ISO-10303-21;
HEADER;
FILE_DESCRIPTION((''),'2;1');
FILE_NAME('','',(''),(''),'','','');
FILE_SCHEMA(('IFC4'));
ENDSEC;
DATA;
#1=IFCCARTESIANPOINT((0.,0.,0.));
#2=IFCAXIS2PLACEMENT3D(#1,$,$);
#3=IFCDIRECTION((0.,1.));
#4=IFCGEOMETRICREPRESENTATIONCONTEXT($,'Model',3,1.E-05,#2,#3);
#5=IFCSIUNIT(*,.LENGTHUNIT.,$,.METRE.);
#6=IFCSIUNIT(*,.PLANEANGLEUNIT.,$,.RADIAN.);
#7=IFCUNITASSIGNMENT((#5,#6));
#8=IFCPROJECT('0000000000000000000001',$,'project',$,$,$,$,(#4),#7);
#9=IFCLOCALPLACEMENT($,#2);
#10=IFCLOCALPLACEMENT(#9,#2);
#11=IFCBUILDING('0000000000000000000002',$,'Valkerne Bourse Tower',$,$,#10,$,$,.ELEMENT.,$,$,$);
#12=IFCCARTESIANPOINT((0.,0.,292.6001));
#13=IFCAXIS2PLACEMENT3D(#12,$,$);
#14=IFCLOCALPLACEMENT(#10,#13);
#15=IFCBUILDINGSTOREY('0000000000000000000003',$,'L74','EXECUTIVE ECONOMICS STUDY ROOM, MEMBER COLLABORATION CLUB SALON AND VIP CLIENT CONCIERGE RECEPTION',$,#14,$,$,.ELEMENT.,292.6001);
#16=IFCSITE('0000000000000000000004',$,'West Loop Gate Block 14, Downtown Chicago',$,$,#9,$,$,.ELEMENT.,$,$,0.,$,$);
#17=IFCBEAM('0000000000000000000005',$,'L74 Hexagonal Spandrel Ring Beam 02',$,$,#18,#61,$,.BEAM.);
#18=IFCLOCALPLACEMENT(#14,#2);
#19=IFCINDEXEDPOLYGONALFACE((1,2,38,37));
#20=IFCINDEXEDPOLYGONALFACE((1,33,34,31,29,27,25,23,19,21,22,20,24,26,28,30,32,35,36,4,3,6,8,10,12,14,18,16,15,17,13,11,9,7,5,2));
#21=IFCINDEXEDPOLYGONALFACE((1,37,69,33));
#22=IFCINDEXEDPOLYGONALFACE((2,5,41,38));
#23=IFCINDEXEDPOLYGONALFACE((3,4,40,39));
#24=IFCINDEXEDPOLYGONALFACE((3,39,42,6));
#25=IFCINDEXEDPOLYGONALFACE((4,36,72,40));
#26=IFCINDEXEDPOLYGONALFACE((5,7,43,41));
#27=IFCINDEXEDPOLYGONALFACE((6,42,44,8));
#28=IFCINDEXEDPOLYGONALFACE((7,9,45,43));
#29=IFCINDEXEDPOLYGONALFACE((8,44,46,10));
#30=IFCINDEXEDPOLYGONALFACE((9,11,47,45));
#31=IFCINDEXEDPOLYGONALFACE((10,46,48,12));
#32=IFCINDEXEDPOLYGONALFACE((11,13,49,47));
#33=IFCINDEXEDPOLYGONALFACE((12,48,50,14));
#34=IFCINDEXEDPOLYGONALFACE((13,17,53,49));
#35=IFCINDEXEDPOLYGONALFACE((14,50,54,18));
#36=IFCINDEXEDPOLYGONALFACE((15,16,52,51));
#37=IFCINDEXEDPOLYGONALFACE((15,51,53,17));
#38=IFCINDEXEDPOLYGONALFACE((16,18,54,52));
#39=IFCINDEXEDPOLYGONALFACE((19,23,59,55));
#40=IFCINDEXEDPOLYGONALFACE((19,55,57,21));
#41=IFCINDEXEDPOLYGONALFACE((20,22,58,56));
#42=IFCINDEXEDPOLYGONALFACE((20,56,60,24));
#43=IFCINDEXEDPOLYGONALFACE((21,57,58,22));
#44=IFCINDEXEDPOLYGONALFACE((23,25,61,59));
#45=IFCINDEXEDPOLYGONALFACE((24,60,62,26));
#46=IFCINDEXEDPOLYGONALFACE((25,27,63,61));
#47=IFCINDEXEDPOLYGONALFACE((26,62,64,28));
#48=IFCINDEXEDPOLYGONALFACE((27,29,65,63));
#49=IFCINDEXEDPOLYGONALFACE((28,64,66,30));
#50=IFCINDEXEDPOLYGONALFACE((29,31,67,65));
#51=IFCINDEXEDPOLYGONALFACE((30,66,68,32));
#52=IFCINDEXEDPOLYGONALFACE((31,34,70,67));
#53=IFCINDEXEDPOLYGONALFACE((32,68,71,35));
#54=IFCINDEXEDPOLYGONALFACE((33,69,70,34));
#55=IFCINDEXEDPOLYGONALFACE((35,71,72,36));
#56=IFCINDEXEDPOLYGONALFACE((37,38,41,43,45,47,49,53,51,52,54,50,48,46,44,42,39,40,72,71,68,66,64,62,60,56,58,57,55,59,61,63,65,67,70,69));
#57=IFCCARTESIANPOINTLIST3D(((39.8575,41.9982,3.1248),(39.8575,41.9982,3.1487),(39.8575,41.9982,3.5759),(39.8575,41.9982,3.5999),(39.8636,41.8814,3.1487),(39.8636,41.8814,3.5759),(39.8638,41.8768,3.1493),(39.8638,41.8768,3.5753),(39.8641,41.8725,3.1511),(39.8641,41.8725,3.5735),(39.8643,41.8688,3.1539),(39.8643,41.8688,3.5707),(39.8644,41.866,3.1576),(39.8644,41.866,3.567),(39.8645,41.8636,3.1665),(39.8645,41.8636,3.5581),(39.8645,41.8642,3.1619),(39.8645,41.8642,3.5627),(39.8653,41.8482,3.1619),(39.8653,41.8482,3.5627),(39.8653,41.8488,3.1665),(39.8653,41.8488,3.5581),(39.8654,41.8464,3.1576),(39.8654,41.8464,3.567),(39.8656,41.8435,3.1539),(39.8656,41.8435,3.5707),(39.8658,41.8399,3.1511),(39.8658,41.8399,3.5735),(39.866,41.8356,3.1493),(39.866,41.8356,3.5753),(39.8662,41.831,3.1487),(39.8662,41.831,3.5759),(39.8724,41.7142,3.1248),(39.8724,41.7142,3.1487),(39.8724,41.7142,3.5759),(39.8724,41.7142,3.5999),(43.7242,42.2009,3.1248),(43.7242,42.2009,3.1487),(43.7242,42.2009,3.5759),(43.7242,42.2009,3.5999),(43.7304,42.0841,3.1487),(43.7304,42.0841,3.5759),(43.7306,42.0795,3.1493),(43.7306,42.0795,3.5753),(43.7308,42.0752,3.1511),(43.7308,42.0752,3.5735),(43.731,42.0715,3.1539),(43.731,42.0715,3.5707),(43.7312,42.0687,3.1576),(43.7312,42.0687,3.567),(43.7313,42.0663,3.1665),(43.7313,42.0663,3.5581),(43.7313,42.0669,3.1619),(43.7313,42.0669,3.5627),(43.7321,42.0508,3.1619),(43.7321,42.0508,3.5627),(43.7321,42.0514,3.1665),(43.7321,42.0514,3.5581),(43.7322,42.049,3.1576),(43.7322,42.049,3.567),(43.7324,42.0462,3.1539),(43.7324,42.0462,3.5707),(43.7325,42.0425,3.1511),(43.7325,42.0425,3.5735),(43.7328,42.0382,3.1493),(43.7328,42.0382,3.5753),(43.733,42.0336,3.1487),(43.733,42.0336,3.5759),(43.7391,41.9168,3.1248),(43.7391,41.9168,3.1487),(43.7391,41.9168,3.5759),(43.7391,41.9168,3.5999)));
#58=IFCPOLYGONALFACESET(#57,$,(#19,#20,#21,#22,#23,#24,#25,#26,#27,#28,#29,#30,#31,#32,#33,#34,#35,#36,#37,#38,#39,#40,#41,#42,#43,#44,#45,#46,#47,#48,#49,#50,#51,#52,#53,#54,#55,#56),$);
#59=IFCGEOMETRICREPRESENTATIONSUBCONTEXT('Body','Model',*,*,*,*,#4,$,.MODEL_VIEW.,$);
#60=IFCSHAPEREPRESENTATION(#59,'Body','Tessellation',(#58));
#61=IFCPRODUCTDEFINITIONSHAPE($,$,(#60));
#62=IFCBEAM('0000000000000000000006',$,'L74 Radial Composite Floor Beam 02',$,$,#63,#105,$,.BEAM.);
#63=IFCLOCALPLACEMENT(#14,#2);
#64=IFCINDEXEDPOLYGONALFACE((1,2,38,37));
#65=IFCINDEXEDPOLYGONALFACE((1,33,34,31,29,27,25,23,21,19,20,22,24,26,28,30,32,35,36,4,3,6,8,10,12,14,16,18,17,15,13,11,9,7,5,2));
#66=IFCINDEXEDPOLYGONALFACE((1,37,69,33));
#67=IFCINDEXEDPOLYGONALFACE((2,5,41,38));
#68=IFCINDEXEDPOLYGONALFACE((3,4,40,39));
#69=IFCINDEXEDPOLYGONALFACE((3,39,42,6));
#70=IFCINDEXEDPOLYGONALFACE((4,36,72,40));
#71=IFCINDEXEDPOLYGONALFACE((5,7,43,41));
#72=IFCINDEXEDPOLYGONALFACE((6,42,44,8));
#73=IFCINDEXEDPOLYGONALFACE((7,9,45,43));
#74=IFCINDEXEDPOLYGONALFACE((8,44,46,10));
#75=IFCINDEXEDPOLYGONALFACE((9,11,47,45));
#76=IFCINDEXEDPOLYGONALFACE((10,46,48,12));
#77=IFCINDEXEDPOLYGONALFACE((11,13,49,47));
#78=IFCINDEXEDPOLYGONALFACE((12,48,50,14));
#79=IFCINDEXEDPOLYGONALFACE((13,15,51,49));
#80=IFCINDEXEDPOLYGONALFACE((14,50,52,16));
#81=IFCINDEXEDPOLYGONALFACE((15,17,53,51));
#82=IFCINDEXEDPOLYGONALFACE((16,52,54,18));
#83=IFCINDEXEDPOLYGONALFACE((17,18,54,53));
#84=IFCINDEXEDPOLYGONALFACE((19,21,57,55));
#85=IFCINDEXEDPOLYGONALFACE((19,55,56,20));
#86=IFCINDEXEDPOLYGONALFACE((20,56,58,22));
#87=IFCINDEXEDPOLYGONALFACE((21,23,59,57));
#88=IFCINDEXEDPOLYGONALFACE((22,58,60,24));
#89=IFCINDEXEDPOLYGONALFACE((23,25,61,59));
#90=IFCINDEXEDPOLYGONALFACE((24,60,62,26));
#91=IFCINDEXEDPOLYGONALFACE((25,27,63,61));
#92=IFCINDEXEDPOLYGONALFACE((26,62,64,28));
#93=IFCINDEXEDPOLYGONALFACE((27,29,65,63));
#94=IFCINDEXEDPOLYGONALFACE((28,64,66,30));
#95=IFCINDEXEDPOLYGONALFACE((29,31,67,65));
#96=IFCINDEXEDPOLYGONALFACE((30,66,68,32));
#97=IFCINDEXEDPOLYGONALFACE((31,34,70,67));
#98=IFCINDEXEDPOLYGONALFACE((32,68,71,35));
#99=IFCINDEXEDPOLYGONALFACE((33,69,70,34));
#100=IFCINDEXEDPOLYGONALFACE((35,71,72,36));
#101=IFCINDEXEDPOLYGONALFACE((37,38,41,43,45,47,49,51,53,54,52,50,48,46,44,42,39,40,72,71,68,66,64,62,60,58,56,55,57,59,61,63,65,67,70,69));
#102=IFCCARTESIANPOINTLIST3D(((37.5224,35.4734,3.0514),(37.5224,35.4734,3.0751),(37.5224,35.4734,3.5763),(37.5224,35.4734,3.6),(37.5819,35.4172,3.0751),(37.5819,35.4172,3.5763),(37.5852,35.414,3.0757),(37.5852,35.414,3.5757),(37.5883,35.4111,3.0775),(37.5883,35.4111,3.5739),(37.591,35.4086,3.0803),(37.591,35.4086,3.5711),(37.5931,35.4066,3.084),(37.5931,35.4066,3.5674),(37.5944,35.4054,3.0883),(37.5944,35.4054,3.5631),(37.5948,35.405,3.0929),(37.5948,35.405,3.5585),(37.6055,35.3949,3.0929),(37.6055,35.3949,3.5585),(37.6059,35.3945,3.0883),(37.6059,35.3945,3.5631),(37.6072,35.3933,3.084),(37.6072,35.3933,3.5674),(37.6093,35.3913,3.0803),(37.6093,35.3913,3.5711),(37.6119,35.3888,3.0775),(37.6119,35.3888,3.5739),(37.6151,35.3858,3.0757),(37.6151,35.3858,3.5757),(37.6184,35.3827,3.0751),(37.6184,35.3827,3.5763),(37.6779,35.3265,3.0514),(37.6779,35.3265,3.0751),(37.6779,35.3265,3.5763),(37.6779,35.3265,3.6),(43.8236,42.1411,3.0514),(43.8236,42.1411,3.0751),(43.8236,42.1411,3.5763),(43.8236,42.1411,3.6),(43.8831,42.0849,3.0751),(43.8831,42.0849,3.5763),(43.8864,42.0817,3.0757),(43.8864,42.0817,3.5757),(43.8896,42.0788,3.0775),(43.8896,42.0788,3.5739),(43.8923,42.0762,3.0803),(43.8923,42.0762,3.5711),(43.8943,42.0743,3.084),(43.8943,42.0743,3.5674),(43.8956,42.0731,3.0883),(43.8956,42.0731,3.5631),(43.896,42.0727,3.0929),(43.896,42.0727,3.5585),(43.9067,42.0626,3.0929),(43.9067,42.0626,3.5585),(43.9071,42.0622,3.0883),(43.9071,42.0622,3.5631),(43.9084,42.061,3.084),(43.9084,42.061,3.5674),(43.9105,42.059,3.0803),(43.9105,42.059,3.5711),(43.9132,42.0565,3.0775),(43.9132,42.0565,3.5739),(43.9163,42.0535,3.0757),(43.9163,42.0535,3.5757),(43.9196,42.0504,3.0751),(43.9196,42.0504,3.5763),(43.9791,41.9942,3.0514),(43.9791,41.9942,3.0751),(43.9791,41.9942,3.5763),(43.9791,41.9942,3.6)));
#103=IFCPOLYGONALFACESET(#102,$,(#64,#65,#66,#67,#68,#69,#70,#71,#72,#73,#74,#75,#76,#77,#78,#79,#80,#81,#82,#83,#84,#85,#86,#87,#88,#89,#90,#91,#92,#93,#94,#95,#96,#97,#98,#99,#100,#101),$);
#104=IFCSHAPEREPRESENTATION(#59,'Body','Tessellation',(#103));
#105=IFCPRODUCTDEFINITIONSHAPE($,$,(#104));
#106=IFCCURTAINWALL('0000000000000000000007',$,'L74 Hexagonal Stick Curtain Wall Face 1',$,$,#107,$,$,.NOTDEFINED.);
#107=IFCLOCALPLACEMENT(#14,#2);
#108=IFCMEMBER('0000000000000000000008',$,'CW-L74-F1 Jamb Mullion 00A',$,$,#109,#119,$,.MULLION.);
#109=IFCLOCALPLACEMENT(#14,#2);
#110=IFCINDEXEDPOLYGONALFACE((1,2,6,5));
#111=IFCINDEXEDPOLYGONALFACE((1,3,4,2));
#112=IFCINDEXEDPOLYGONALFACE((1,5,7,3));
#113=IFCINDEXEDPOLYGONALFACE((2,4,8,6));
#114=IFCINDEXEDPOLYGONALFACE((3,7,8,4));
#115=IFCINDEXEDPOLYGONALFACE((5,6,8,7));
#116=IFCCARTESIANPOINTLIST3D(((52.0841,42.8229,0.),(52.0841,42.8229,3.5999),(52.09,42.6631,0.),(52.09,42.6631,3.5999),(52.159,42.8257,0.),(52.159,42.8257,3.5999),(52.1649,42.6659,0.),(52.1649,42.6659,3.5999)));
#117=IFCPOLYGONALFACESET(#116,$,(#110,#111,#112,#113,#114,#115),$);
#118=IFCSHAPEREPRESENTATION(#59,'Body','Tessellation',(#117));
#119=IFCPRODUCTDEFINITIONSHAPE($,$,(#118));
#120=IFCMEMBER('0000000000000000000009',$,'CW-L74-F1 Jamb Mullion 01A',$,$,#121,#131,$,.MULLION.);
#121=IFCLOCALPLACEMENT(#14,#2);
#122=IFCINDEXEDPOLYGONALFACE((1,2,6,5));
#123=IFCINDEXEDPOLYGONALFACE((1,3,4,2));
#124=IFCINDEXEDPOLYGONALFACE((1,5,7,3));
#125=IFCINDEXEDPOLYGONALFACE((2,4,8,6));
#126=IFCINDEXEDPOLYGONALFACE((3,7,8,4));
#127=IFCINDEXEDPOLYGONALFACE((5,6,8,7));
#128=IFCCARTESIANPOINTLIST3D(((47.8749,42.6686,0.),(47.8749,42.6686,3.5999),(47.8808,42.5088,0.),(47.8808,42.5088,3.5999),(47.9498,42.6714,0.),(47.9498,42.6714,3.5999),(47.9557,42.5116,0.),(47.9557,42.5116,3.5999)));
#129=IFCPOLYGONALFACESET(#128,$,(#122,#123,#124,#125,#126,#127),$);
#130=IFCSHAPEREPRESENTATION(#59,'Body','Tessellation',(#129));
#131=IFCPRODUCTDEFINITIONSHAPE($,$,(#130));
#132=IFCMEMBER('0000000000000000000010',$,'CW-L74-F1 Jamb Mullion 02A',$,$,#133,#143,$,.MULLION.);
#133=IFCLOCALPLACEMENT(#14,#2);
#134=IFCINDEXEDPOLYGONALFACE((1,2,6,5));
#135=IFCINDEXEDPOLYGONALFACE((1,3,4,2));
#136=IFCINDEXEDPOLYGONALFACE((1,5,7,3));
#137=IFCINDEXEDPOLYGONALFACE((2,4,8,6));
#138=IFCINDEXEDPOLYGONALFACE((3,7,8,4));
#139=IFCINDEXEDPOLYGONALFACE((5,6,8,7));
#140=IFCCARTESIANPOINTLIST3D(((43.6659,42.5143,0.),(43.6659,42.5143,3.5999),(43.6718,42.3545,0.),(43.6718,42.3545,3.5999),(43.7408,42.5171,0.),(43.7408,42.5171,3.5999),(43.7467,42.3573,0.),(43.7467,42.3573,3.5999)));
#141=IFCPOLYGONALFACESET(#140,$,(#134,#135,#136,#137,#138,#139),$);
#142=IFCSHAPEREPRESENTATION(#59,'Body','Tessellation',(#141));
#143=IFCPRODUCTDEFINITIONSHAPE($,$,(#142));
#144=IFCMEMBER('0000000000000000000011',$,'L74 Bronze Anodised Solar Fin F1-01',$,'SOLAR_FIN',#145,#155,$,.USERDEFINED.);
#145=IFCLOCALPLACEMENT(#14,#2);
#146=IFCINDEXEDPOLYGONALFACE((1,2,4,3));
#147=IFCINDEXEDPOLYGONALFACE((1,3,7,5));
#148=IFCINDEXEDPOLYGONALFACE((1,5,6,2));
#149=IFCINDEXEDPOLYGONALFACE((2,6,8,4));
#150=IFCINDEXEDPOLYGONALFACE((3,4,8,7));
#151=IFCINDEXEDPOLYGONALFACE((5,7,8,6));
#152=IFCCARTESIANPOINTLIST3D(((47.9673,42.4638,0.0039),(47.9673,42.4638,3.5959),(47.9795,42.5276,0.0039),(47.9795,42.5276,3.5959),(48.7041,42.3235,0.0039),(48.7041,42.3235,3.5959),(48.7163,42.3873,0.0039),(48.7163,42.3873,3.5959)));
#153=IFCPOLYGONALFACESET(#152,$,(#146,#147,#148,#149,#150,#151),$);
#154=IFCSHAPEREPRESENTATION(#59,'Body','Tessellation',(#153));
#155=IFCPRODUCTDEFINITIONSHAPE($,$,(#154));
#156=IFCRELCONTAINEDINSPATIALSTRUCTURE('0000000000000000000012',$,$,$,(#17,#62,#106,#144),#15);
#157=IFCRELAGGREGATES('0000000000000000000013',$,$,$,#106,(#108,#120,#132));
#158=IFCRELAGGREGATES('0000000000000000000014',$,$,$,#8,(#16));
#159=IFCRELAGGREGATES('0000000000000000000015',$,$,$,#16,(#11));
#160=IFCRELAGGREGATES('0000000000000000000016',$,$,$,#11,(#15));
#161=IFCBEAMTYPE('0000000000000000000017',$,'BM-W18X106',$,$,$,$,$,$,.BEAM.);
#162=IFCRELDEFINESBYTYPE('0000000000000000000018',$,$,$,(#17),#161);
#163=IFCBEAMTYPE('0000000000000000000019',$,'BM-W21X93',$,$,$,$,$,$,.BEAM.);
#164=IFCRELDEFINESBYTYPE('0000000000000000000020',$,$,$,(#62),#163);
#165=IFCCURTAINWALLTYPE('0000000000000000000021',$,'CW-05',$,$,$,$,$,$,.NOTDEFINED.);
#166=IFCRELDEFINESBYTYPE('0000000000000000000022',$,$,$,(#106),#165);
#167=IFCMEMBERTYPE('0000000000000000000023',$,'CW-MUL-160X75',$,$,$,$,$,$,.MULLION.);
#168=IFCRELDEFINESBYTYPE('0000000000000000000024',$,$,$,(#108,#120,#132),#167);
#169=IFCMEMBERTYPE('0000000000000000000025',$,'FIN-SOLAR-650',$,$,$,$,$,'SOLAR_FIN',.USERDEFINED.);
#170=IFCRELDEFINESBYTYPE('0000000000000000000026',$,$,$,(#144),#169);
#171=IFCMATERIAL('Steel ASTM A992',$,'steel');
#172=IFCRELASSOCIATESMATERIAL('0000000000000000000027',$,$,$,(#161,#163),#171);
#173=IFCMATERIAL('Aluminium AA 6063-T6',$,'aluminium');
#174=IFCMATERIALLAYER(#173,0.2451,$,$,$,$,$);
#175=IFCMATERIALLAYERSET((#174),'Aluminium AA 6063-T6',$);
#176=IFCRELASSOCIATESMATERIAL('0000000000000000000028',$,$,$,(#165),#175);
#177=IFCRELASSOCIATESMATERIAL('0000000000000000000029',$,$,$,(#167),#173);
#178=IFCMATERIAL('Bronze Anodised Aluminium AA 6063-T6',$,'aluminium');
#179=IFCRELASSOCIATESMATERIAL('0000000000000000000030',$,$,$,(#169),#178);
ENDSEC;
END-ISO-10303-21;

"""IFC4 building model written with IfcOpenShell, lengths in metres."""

from ifc_helpers import new_model, si_unit, direction, frame, origin, origin_2d, place, context, subcontext, project, spatial, rectangle, i_section, extrude, material, layer, layer_set, material_profile, profile_set, type_object, element, aggregate, save


model = new_model("IFC4")

# Units and contexts
model_context = context("Model", 3, precision=1e-05, world=origin(), true_north=direction((0.0, 1.0)))
body_context = subcontext(model_context, "Body", "Model", "MODEL_VIEW")
ifc_project = project(units=[si_unit("LENGTHUNIT", "METRE"), si_unit("PLANEANGLEUNIT", "RADIAN")], contexts=[model_context])

# Site, building, storey
site_placement = place(None, origin())
site = spatial("IfcSite", under=ifc_project, at=site_placement, Name="West Loop Gate Block 14, Downtown Chicago", CompositionType="ELEMENT", RefElevation=0.0)
building_placement = place(site_placement, origin())
building = spatial("IfcBuilding", under=site, at=building_placement, Name="Valkerne Bourse Tower", CompositionType="ELEMENT")
storey_placement = place(building_placement, frame((0.0, 0.0, 292.6001)))
storey = spatial("IfcBuildingStorey", under=building, at=storey_placement, Name="L74", Description="EXECUTIVE ECONOMICS STUDY ROOM, MEMBER COLLABORATION CLUB SALON AND VIP CLIENT CONCIERGE RECEPTION", CompositionType="ELEMENT", Elevation=292.6001)

# Beams
ifc_material_1 = material(Name="Steel ASTM A992", Category="steel")
ifc_material_profile_1 = material_profile(ifc_material_1, i_section(OverallWidth=0.2844, OverallDepth=0.4751, WebThickness=0.0149, FlangeThickness=0.0239, FilletRadius=0.0178, at=origin_2d()), Name="W18X106")
ifc_profile_set_1 = profile_set([ifc_material_profile_1], Name="Steel ASTM A992")
beam_type_1 = type_object("IfcBeamType", Name="BM-W18X106", PredefinedType="BEAM", material=ifc_profile_set_1)
for number, where, z_axis, x_axis, name in (
    (1, (43.7317, 42.0588, 3.3623), (-0.99863, -0.052334, 0.0), (0.052334, -0.99863, 0.0), "L74 Hexagonal Spandrel Ring Beam 02"),
):
    element("IfcBeam", number, at=place(storey_placement, frame(where, z_axis=z_axis, x_axis=x_axis)), inside=storey, type_object=beam_type_1, Name=name, PredefinedType="BEAM", context=body_context, shape_type="SweptSolid", body=[
        extrude(i_section(OverallWidth=0.2844, OverallDepth=0.4751, WebThickness=0.0149, FlangeThickness=0.0239, FilletRadius=0.0178, at=origin_2d()), origin(), (0.0, 0.0, 1.0), 3.8721),
    ])
ifc_material_profile_2 = material_profile(ifc_material_1, i_section(OverallWidth=0.2139, OverallDepth=0.5486, WebThickness=0.0146, FlangeThickness=0.0237, FilletRadius=0.0178, at=origin_2d()), Name="W21X93")
ifc_profile_set_2 = profile_set([ifc_material_profile_2], Name="Steel ASTM A992")
beam_type_2 = type_object("IfcBeamType", Name="BM-W21X93", PredefinedType="BEAM", material=ifc_profile_set_2)
beam_1_placement = place(storey_placement, frame((43.9014, 42.0676, 3.3257), z_axis=(-0.686852, -0.726797, 0.0), x_axis=(0.726797, -0.686852, 0.0)))
element("IfcBeam", 2, at=beam_1_placement, inside=storey, type_object=beam_type_2, Name="L74 Radial Composite Floor Beam 02", PredefinedType="BEAM", context=body_context, shape_type="SweptSolid", body=[
    extrude(i_section(OverallWidth=0.2139, OverallDepth=0.5486, WebThickness=0.0146, FlangeThickness=0.0237, FilletRadius=0.0178, at=origin_2d()), origin(), (0.0, 0.0, 1.0), 9.1741),
])

# Curtain wall, members
ifc_material_2 = material(Name="Aluminium AA 6063-T6", Category="aluminium")
ifc_layer_1 = layer(ifc_material_2, 0.2451)
ifc_layer_set_1 = layer_set([ifc_layer_1], Name="Aluminium AA 6063-T6")
curtain_wall_type = type_object("IfcCurtainWallType", Name="CW-05", PredefinedType="NOTDEFINED", material=ifc_layer_set_1)
curtain_wall_placement = place(storey_placement, origin())
curtain_wall = element("IfcCurtainWall", 3, at=curtain_wall_placement, inside=storey, type_object=curtain_wall_type, Name="L74 Hexagonal Stick Curtain Wall Face 1", PredefinedType="NOTDEFINED")
ifc_material_profile_3 = material_profile(ifc_material_2, rectangle(XDim=0.075, YDim=0.1599, at=origin_2d()), Name="CWM-75X160")
ifc_profile_set_3 = profile_set([ifc_material_profile_3], Name="Aluminium AA 6063-T6")
member_type_1 = type_object("IfcMemberType", Name="CW-MUL-160X75", PredefinedType="MULLION", material=ifc_profile_set_3)
member_1_placement = place(storey_placement, frame((52.1245, 42.7444, 0.0), z_axis=(0.0, 0.0, 1.0), x_axis=(-0.999328, -0.036657, 0.0)))
member_1 = element("IfcMember", 4, at=member_1_placement, type_object=member_type_1, Name="CW-L74-F1 Jamb Mullion 00A", PredefinedType="MULLION", context=body_context, shape_type="SweptSolid", body=[
    extrude(rectangle(XDim=0.075, YDim=0.1599, at=origin_2d()), origin(), (0.0, 0.0, 1.0), 3.5999),
])
member_2_placement = place(storey_placement, frame((47.9153, 42.5901, 0.0), z_axis=(0.0, 0.0, 1.0), x_axis=(-0.999329, -0.036634, 0.0)))
member_2 = element("IfcMember", 5, at=member_2_placement, type_object=member_type_1, Name="CW-L74-F1 Jamb Mullion 01A", PredefinedType="MULLION", context=body_context, shape_type="SweptSolid", body=[
    extrude(rectangle(XDim=0.075, YDim=0.1599, at=origin_2d()), origin(), (0.0, 0.0, 1.0), 3.5999),
])
member_3_placement = place(storey_placement, frame((43.7063, 42.4358, 0.0), z_axis=(0.0, 0.0, 1.0), x_axis=(-0.999328, -0.036657, 0.0)))
member_3 = element("IfcMember", 6, at=member_3_placement, type_object=member_type_1, Name="CW-L74-F1 Jamb Mullion 02A", PredefinedType="MULLION", context=body_context, shape_type="SweptSolid", body=[
    extrude(rectangle(XDim=0.075, YDim=0.1599, at=origin_2d()), origin(), (0.0, 0.0, 1.0), 3.5999),
])

# Member
ifc_material_3 = material(Name="Bronze Anodised Aluminium AA 6063-T6", Category="aluminium")
ifc_material_profile_4 = material_profile(ifc_material_3, rectangle(XDim=0.0649, YDim=0.75, at=origin_2d()), Name="FIN-65X750")
ifc_profile_set_4 = profile_set([ifc_material_profile_4], Name="Bronze Anodised Aluminium AA 6063-T6")
member_type_2 = type_object("IfcMemberType", Name="FIN-SOLAR-650", ElementType="SOLAR_FIN", PredefinedType="USERDEFINED", material=ifc_profile_set_4)
member_4_placement = place(storey_placement, frame((48.3418, 42.4255, 0.0039), z_axis=(0.0, 0.0, 1.0), x_axis=(0.187006, 0.982359, 0.0)))
element("IfcMember", 7, at=member_4_placement, inside=storey, type_object=member_type_2, Name="L74 Bronze Anodised Solar Fin F1-01", ObjectType="SOLAR_FIN", PredefinedType="USERDEFINED", context=body_context, shape_type="SweptSolid", body=[
    extrude(rectangle(XDim=0.0649, YDim=0.75, at=origin_2d()), origin(), (0.0, 0.0, 1.0), 3.592),
])

aggregate(curtain_wall, [member_1, member_2, member_3])

save(model, "model.ifc")
